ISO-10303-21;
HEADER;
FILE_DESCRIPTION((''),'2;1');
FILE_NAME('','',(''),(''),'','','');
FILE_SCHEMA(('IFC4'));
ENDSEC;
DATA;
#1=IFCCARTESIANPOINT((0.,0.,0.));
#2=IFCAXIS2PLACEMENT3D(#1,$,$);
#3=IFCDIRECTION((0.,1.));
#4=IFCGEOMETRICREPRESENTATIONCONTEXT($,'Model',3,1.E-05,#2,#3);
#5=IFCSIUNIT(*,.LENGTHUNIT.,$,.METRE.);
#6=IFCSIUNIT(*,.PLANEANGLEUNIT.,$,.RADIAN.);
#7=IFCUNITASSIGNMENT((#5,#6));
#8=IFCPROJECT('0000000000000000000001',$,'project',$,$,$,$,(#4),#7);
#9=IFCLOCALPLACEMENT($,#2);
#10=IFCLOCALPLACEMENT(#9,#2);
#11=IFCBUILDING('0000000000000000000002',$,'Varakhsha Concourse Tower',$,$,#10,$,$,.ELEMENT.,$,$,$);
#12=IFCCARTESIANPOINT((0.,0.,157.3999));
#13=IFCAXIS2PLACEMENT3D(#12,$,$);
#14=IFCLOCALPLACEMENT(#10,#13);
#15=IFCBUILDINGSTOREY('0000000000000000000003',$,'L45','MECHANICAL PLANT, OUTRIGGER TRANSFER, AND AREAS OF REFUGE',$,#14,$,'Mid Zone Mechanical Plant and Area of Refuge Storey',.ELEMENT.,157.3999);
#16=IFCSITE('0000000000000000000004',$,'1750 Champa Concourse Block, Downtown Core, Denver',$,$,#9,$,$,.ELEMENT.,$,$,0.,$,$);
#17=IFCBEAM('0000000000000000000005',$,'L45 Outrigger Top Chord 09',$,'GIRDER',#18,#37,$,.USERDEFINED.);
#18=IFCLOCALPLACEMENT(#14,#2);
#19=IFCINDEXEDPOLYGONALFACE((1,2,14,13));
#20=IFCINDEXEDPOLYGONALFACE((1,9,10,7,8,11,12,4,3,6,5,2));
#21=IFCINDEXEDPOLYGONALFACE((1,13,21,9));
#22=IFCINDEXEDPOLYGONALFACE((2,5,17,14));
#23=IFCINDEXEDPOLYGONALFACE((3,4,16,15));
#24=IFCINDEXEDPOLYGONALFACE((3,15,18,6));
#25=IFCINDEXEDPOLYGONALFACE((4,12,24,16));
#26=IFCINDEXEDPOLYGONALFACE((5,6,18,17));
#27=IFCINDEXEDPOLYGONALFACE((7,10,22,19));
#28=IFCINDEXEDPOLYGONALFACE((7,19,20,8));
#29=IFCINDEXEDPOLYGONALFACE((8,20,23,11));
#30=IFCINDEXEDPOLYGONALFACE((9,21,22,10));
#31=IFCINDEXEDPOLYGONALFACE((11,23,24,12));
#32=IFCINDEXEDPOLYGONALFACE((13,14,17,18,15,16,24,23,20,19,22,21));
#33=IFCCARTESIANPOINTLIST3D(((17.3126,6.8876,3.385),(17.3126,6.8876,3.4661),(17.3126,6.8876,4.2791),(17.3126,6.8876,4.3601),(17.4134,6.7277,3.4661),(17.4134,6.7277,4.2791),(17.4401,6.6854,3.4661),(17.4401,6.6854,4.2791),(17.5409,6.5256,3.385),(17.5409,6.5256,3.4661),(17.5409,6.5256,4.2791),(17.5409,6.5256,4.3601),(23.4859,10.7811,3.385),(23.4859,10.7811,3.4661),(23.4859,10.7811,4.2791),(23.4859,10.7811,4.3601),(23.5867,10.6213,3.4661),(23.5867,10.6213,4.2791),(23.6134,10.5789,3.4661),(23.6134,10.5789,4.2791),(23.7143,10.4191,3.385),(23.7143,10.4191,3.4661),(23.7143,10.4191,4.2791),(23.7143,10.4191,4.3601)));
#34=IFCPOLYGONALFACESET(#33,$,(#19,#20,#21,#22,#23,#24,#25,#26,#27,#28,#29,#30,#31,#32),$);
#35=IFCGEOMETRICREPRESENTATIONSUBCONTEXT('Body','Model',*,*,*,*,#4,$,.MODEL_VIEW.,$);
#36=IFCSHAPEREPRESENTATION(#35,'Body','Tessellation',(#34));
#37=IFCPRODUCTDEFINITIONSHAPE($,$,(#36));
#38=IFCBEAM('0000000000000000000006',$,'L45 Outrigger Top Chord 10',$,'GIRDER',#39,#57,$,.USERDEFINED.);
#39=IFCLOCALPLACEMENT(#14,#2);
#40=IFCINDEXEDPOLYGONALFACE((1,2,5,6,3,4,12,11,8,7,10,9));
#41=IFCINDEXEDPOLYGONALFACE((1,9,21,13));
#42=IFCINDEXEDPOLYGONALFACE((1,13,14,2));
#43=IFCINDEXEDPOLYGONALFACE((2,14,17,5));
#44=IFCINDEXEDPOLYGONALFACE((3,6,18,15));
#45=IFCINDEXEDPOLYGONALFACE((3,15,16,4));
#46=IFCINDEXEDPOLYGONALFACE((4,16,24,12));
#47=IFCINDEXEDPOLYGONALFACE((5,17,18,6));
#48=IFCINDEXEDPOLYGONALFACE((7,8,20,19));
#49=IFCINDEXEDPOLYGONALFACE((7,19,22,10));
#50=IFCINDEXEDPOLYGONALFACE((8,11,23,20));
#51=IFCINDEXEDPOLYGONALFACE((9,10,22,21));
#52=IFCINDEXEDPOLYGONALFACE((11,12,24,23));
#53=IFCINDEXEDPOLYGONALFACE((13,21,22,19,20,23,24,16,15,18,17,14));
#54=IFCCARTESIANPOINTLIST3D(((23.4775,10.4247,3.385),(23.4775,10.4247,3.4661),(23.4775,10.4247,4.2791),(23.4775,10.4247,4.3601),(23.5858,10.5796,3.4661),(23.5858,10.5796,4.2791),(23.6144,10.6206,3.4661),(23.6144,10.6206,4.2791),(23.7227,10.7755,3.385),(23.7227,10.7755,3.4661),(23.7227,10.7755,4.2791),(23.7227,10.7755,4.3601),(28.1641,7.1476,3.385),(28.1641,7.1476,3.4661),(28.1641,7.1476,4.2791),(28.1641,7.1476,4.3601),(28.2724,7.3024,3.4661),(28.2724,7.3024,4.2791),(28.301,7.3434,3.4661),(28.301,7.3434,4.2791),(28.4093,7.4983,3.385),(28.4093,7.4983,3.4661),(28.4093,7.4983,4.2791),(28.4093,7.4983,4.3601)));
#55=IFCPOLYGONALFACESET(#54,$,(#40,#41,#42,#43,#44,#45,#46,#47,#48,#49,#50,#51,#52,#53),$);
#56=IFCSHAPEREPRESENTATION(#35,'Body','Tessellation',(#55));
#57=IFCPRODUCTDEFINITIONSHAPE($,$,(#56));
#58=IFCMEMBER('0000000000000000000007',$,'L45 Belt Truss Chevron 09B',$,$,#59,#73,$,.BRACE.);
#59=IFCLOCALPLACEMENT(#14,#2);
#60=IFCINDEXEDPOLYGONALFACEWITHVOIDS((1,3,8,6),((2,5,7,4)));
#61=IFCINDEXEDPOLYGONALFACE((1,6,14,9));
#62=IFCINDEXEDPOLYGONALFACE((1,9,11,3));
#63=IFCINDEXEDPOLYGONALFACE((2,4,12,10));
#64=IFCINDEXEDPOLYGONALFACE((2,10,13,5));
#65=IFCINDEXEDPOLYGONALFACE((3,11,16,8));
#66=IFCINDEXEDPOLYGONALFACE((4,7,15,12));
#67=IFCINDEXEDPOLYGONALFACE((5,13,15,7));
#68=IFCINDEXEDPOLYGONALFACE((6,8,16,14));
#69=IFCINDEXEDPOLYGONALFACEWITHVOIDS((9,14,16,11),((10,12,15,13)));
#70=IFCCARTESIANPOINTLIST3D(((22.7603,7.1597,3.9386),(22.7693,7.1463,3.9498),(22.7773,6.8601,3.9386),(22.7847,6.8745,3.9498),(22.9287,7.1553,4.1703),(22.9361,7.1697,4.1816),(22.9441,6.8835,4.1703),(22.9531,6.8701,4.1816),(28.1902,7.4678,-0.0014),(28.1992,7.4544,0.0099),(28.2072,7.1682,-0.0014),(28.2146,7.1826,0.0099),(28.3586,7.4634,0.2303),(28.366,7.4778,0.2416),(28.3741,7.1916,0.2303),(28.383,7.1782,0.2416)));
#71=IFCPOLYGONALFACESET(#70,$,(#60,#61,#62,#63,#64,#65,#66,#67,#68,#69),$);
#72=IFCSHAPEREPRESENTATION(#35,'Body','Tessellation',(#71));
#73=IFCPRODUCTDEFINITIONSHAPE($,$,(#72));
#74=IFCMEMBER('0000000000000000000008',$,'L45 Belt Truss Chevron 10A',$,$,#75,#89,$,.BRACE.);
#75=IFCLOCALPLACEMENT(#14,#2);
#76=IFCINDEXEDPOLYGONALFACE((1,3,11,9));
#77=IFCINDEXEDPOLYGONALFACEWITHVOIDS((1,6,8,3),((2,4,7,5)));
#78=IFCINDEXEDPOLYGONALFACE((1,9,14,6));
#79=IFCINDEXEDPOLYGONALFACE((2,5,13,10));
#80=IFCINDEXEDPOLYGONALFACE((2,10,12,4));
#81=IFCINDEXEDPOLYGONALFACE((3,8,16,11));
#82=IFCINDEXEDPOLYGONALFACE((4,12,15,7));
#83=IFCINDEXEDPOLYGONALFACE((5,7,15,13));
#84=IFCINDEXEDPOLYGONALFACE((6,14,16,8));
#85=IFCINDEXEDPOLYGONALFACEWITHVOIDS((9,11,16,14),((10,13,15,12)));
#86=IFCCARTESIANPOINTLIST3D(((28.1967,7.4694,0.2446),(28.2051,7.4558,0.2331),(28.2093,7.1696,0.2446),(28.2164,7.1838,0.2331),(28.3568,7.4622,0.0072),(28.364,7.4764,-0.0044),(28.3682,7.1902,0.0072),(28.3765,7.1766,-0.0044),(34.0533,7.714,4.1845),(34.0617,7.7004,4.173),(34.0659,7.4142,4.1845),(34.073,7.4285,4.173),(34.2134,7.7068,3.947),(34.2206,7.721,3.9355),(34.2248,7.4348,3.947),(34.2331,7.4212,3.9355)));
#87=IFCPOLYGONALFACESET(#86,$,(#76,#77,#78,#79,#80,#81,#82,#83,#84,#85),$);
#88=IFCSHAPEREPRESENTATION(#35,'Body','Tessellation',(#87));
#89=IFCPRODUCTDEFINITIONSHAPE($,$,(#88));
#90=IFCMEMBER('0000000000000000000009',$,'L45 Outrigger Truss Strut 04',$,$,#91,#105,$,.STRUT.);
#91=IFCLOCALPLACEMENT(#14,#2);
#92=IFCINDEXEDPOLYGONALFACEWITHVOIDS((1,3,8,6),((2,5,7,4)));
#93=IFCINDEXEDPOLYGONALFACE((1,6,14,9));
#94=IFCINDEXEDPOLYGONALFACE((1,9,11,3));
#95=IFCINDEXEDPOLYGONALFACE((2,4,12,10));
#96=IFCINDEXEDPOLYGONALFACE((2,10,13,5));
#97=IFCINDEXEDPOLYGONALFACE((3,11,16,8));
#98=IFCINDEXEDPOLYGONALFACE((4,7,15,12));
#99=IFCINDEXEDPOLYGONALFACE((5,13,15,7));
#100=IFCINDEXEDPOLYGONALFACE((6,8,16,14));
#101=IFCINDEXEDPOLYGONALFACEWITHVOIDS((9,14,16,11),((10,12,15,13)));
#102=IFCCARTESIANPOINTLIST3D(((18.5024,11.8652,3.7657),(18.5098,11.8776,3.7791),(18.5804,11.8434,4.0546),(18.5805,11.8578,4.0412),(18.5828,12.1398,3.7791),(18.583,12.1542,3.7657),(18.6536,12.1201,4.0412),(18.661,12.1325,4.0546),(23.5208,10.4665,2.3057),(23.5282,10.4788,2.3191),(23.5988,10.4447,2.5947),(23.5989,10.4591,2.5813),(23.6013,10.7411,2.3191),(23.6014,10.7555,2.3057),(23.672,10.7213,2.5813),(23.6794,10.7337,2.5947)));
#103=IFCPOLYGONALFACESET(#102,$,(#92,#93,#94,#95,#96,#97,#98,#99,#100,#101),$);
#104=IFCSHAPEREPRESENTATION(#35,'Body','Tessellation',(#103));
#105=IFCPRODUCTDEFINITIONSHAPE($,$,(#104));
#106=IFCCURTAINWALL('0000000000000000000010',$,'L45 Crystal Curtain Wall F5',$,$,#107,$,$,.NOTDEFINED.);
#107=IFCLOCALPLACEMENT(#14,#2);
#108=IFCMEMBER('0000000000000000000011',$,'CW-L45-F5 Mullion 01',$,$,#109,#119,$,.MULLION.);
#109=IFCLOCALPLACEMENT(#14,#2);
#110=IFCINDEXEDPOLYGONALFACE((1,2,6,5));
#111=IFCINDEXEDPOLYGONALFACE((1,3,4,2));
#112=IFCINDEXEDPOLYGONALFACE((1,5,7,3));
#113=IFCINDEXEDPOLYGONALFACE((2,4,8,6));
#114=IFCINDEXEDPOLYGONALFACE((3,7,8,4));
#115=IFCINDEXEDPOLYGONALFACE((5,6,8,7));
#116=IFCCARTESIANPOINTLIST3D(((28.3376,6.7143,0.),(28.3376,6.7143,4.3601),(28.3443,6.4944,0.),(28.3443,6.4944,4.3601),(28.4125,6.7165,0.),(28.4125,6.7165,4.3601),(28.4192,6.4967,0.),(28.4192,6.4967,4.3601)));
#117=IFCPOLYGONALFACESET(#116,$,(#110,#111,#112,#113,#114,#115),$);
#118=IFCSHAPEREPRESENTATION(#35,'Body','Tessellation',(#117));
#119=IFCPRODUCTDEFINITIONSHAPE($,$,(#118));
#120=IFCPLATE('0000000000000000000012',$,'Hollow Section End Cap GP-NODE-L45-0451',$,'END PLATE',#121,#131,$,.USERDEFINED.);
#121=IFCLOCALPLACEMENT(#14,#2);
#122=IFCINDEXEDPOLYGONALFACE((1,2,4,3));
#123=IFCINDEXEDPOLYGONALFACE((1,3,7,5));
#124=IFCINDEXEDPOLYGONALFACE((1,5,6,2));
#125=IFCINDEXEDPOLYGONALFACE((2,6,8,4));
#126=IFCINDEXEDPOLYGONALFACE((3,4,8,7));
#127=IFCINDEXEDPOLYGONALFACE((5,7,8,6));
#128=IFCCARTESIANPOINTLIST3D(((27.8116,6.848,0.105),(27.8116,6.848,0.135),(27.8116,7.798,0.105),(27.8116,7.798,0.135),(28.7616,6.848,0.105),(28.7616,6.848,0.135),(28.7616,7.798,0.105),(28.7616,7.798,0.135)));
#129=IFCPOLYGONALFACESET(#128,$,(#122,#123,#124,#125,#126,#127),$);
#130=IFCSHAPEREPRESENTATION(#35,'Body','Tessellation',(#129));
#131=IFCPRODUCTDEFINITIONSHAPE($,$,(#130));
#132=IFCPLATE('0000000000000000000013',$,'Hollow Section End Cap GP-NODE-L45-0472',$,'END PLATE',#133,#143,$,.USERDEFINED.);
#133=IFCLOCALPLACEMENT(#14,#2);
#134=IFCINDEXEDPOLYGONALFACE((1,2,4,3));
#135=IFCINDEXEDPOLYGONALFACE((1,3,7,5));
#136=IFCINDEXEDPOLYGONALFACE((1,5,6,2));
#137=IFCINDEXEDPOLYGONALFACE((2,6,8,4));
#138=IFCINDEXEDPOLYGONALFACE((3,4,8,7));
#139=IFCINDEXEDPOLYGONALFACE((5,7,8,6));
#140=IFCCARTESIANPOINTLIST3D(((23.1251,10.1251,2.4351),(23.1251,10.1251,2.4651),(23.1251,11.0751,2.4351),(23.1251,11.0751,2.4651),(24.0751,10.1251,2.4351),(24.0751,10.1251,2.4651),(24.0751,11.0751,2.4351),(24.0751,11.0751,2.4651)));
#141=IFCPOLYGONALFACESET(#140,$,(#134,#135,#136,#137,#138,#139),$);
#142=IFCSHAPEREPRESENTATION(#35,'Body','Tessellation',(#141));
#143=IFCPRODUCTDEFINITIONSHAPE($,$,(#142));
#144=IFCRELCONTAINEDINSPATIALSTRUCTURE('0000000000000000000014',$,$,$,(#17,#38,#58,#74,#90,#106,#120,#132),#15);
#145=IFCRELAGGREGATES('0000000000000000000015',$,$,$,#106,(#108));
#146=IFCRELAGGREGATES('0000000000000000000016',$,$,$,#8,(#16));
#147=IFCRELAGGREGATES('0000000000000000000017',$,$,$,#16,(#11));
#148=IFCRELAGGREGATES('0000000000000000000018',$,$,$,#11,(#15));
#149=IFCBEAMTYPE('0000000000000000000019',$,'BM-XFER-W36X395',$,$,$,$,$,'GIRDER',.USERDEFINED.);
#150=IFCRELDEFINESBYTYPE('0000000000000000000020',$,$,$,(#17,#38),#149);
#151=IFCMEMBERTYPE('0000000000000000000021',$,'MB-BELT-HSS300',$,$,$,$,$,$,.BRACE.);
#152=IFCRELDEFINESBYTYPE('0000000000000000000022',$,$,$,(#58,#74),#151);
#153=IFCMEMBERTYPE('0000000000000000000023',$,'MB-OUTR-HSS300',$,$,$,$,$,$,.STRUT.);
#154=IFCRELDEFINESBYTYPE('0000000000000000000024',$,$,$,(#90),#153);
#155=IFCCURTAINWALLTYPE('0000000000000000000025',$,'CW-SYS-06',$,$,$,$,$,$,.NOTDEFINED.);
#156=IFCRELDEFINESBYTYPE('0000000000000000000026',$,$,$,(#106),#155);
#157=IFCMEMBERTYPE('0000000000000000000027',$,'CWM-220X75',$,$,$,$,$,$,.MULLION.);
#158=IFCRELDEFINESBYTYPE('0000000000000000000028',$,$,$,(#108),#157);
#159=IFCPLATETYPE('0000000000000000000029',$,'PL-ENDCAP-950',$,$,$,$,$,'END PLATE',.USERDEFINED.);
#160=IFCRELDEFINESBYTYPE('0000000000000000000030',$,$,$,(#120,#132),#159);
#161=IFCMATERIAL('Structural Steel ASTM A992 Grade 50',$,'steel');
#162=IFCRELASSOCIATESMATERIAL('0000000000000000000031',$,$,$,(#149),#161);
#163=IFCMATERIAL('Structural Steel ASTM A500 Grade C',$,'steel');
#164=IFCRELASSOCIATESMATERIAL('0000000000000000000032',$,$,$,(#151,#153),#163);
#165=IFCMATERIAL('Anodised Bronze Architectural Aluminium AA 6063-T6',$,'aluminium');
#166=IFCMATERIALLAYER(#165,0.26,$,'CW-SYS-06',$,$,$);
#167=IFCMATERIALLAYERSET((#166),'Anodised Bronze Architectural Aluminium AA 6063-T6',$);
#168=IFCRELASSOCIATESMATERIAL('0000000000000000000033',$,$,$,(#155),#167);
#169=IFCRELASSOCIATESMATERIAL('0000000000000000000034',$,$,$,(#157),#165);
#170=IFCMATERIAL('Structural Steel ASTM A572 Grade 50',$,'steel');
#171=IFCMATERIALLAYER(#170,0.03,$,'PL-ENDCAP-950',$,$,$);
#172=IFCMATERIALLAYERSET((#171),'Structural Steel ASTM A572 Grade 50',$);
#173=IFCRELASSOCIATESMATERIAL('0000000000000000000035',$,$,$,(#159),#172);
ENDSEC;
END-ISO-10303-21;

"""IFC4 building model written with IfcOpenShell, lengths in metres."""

from ifc_helpers import new_model, si_unit, direction, frame, origin, origin_2d, place, context, subcontext, project, spatial, rectangle, hollow_rectangle, i_section, extrude, source, transform, mapped, material, layer, layer_set, material_profile, profile_set, type_object, type_shapes, element, aggregate, save


model = new_model("IFC4")

# Units and contexts
model_context = context("Model", 3, precision=1e-05, world=origin(), true_north=direction((0.0, 1.0)))
body_context = subcontext(model_context, "Body", "Model", "MODEL_VIEW")
ifc_project = project(units=[si_unit("LENGTHUNIT", "METRE"), si_unit("PLANEANGLEUNIT", "RADIAN")], contexts=[model_context])

# Site, building, storey
site_placement = place(None, origin())
site = spatial("IfcSite", under=ifc_project, at=site_placement, Name="1750 Champa Concourse Block, Downtown Core, Denver", CompositionType="ELEMENT", RefElevation=0.0)
building_placement = place(site_placement, origin())
building = spatial("IfcBuilding", under=site, at=building_placement, Name="Varakhsha Concourse Tower", CompositionType="ELEMENT")
storey_placement = place(building_placement, frame((0.0, 0.0, 157.3999)))
storey = spatial("IfcBuildingStorey", under=building, at=storey_placement, Name="L45", Description="MECHANICAL PLANT, OUTRIGGER TRANSFER, AND AREAS OF REFUGE", LongName="Mid Zone Mechanical Plant and Area of Refuge Storey", CompositionType="ELEMENT", Elevation=157.3999)

# Shared definitions
ifc_material_1 = material(Name="Structural Steel ASTM A992 Grade 50", Category="steel")
ifc_material_2 = material(Name="Structural Steel ASTM A572 Grade 50", Category="steel")

# Beams
ifc_material_profile_1 = material_profile(ifc_material_1, i_section(OverallWidth=0.428, OverallDepth=0.9751, WebThickness=0.05, FlangeThickness=0.0811, at=origin_2d()), Name="W36X395")
ifc_profile_set_1 = profile_set([ifc_material_profile_1], Name="Structural Steel ASTM A992 Grade 50")
beam_type_1 = type_object("IfcBeamType", Name="BM-XFER-W36X395", ElementType="GIRDER", PredefinedType="USERDEFINED", material=ifc_profile_set_1)
beam_1_placement = place(storey_placement, frame((23.6001, 10.6001, 3.8726), z_axis=(-0.845823, -0.533464, 0.0), x_axis=(0.533464, -0.845823, 0.0)))
element("IfcBeam", 1, at=beam_1_placement, inside=storey, type_object=beam_type_1, Name="L45 Outrigger Top Chord 09", ObjectType="GIRDER", PredefinedType="USERDEFINED", context=body_context, shape_type="SweptSolid", body=[
    extrude(i_section(OverallWidth=0.428, OverallDepth=0.9751, WebThickness=0.05, FlangeThickness=0.0811, at=origin_2d()), origin(), (0.0, 0.0, 1.0), 7.2986),
])
beam_2_placement = place(storey_placement, frame((23.6001, 10.6001, 3.8726), z_axis=(0.819517, -0.573055, 0.0), x_axis=(0.573055, 0.819517, 0.0)))
element("IfcBeam", 2, at=beam_2_placement, inside=storey, type_object=beam_type_1, Name="L45 Outrigger Top Chord 10", ObjectType="GIRDER", PredefinedType="USERDEFINED", context=body_context, shape_type="SweptSolid", body=[
    extrude(i_section(OverallWidth=0.428, OverallDepth=0.9751, WebThickness=0.05, FlangeThickness=0.0811, at=origin_2d()), origin(), (0.0, 0.0, 1.0), 5.7188),
])

# Members
ifc_material_3 = material(Name="Structural Steel ASTM A500 Grade C", Category="steel")
ifc_material_profile_2 = material_profile(ifc_material_3, hollow_rectangle(XDim=0.3, YDim=0.3, WallThickness=0.0139, at=origin_2d()), Name="HSS 300x300x14")
ifc_profile_set_2 = profile_set([ifc_material_profile_2], Name="Structural Steel ASTM A500 Grade C")
member_type_1 = type_object("IfcMemberType", Name="MB-BELT-HSS300", PredefinedType="BRACE", material=ifc_profile_set_2)
shared_shape_1 = source(origin(), body_context, "Body", "SweptSolid", [
    extrude(hollow_rectangle(XDim=0.3, YDim=0.3, WallThickness=0.0139, at=origin_2d()), origin(), (0.0, 0.0, 1.0), 6.7158),
])
member_1_placement = place(storey_placement, frame((28.2866, 7.323, 0.1201), z_axis=(-0.808529, -0.045878, 0.586666), x_axis=(0.056651, -0.998394, 0.0)))
element("IfcMember", 3, at=member_1_placement, inside=storey, type_object=member_type_1, Name="L45 Belt Truss Chevron 09B", PredefinedType="BRACE", context=body_context, shape_type="MappedRepresentation", body=[
    mapped(shared_shape_1, transform((0.0, 0.0, 0.0), scale=1.0)),
])
shared_shape_2 = source(origin(), body_context, "Body", "SweptSolid", [
    extrude(hollow_rectangle(XDim=0.3, YDim=0.3, WallThickness=0.0139, at=origin_2d()), origin(), (0.0, 0.0, 1.0), 7.0627),
])
type_shapes(member_type_1, [shared_shape_1, shared_shape_2])
member_2_placement = place(storey_placement, frame((28.2866, 7.323, 0.1201), z_axis=(0.829225, 0.034636, 0.55784), x_axis=(-0.041733, 0.999129, 0.0)))
element("IfcMember", 4, at=member_2_placement, inside=storey, type_object=member_type_1, Name="L45 Belt Truss Chevron 10A", PredefinedType="BRACE", context=body_context, shape_type="MappedRepresentation", body=[
    mapped(shared_shape_2, transform((0.0, 0.0, 0.0), scale=1.0)),
])
ifc_material_profile_3 = material_profile(ifc_material_3, hollow_rectangle(XDim=0.3, YDim=0.3, WallThickness=0.0139, at=origin_2d()), Name="HSS 300x300x14")
ifc_profile_set_3 = profile_set([ifc_material_profile_3], Name="Structural Steel ASTM A500 Grade C")
member_type_2 = type_object("IfcMemberType", Name="MB-OUTR-HSS300", PredefinedType="STRUT", material=ifc_profile_set_3)
shared_shape_3 = source(origin(), body_context, "Body", "SweptSolid", [
    extrude(hollow_rectangle(XDim=0.3, YDim=0.3, WallThickness=0.0139, at=origin_2d()), origin(), (0.0, 0.0, 1.0), 5.4104),
])
type_shapes(member_type_2, [shared_shape_3])
member_3_placement = place(storey_placement, frame((23.6001, 10.6001, 2.4502), z_axis=(-0.927549, 0.258522, 0.269849), x_axis=(-0.268482, -0.963285, 0.0)))
element("IfcMember", 5, at=member_3_placement, inside=storey, type_object=member_type_2, Name="L45 Outrigger Truss Strut 04", PredefinedType="STRUT", context=body_context, shape_type="MappedRepresentation", body=[
    mapped(shared_shape_3, transform((0.0, 0.0, 0.0), scale=1.0)),
])

# Curtain wall, member
ifc_material_4 = material(Name="Anodised Bronze Architectural Aluminium AA 6063-T6", Category="aluminium")
ifc_layer_1 = layer(ifc_material_4, 0.26, Name="CW-SYS-06")
ifc_layer_set_1 = layer_set([ifc_layer_1], Name="Anodised Bronze Architectural Aluminium AA 6063-T6")
curtain_wall_type = type_object("IfcCurtainWallType", Name="CW-SYS-06", PredefinedType="NOTDEFINED", material=ifc_layer_set_1)
curtain_wall_placement = place(storey_placement, origin())
curtain_wall = element("IfcCurtainWall", 6, at=curtain_wall_placement, inside=storey, type_object=curtain_wall_type, Name="L45 Crystal Curtain Wall F5", PredefinedType="NOTDEFINED")
ifc_material_profile_4 = material_profile(ifc_material_4, rectangle(XDim=0.075, YDim=0.22, at=origin_2d()), Name="CWM-220X75")
ifc_profile_set_4 = profile_set([ifc_material_profile_4], Name="Anodised Bronze Architectural Aluminium AA 6063-T6")
member_type_3 = type_object("IfcMemberType", Name="CWM-220X75", PredefinedType="MULLION", material=ifc_profile_set_4)
shared_shape_4 = source(origin(), body_context, "Body", "SweptSolid", [
    extrude(rectangle(XDim=0.075, YDim=0.22, at=origin_2d()), origin(), (0.0, 0.0, 1.0), 4.3601),
])
type_shapes(member_type_3, [shared_shape_4])
member_4_placement = place(storey_placement, frame((28.3784, 6.6055, 0.0), z_axis=(0.0, 0.0, 1.0), x_axis=(-0.999534, -0.030523, 0.0)))
member_4 = element("IfcMember", 7, at=member_4_placement, type_object=member_type_3, Name="CW-L45-F5 Mullion 01", PredefinedType="MULLION", context=body_context, shape_type="MappedRepresentation", body=[
    mapped(shared_shape_4, transform((0.0, 0.0, 0.0), scale=1.0)),
])
aggregate(curtain_wall, [member_4])

# Plates
ifc_layer_2 = layer(ifc_material_2, 0.03, Name="PL-ENDCAP-950")
ifc_layer_set_2 = layer_set([ifc_layer_2], Name="Structural Steel ASTM A572 Grade 50")
plate_type = type_object("IfcPlateType", Name="PL-ENDCAP-950", ElementType="END PLATE", PredefinedType="USERDEFINED", material=ifc_layer_set_2)
shared_shape_5 = source(origin(), body_context, "Body", "SweptSolid", [
    extrude(rectangle(XDim=0.95, YDim=0.95, at=origin_2d()), origin(), (0.0, 0.0, 1.0), 0.03),
])
type_shapes(plate_type, [shared_shape_5])
for number, where, z_axis, x_axis, name in (
    (8, (28.2866, 7.323, 0.105), (0.0, 0.0, 1.0), (1.0, 0.0, 0.0), "Hollow Section End Cap GP-NODE-L45-0451"),
    (9, (23.6001, 10.6001, 2.4351), (0.0, 0.0, 1.0), (1.0, 0.0, 0.0), "Hollow Section End Cap GP-NODE-L45-0472"),
):
    element("IfcPlate", number, at=place(storey_placement, frame(where, z_axis=z_axis, x_axis=x_axis)), inside=storey, type_object=plate_type, Name=name, ObjectType="END PLATE", PredefinedType="USERDEFINED", context=body_context, shape_type="MappedRepresentation", body=[
        mapped(shared_shape_5, transform((0.0, 0.0, 0.0), scale=1.0)),
    ])

save(model, "model.ifc")
